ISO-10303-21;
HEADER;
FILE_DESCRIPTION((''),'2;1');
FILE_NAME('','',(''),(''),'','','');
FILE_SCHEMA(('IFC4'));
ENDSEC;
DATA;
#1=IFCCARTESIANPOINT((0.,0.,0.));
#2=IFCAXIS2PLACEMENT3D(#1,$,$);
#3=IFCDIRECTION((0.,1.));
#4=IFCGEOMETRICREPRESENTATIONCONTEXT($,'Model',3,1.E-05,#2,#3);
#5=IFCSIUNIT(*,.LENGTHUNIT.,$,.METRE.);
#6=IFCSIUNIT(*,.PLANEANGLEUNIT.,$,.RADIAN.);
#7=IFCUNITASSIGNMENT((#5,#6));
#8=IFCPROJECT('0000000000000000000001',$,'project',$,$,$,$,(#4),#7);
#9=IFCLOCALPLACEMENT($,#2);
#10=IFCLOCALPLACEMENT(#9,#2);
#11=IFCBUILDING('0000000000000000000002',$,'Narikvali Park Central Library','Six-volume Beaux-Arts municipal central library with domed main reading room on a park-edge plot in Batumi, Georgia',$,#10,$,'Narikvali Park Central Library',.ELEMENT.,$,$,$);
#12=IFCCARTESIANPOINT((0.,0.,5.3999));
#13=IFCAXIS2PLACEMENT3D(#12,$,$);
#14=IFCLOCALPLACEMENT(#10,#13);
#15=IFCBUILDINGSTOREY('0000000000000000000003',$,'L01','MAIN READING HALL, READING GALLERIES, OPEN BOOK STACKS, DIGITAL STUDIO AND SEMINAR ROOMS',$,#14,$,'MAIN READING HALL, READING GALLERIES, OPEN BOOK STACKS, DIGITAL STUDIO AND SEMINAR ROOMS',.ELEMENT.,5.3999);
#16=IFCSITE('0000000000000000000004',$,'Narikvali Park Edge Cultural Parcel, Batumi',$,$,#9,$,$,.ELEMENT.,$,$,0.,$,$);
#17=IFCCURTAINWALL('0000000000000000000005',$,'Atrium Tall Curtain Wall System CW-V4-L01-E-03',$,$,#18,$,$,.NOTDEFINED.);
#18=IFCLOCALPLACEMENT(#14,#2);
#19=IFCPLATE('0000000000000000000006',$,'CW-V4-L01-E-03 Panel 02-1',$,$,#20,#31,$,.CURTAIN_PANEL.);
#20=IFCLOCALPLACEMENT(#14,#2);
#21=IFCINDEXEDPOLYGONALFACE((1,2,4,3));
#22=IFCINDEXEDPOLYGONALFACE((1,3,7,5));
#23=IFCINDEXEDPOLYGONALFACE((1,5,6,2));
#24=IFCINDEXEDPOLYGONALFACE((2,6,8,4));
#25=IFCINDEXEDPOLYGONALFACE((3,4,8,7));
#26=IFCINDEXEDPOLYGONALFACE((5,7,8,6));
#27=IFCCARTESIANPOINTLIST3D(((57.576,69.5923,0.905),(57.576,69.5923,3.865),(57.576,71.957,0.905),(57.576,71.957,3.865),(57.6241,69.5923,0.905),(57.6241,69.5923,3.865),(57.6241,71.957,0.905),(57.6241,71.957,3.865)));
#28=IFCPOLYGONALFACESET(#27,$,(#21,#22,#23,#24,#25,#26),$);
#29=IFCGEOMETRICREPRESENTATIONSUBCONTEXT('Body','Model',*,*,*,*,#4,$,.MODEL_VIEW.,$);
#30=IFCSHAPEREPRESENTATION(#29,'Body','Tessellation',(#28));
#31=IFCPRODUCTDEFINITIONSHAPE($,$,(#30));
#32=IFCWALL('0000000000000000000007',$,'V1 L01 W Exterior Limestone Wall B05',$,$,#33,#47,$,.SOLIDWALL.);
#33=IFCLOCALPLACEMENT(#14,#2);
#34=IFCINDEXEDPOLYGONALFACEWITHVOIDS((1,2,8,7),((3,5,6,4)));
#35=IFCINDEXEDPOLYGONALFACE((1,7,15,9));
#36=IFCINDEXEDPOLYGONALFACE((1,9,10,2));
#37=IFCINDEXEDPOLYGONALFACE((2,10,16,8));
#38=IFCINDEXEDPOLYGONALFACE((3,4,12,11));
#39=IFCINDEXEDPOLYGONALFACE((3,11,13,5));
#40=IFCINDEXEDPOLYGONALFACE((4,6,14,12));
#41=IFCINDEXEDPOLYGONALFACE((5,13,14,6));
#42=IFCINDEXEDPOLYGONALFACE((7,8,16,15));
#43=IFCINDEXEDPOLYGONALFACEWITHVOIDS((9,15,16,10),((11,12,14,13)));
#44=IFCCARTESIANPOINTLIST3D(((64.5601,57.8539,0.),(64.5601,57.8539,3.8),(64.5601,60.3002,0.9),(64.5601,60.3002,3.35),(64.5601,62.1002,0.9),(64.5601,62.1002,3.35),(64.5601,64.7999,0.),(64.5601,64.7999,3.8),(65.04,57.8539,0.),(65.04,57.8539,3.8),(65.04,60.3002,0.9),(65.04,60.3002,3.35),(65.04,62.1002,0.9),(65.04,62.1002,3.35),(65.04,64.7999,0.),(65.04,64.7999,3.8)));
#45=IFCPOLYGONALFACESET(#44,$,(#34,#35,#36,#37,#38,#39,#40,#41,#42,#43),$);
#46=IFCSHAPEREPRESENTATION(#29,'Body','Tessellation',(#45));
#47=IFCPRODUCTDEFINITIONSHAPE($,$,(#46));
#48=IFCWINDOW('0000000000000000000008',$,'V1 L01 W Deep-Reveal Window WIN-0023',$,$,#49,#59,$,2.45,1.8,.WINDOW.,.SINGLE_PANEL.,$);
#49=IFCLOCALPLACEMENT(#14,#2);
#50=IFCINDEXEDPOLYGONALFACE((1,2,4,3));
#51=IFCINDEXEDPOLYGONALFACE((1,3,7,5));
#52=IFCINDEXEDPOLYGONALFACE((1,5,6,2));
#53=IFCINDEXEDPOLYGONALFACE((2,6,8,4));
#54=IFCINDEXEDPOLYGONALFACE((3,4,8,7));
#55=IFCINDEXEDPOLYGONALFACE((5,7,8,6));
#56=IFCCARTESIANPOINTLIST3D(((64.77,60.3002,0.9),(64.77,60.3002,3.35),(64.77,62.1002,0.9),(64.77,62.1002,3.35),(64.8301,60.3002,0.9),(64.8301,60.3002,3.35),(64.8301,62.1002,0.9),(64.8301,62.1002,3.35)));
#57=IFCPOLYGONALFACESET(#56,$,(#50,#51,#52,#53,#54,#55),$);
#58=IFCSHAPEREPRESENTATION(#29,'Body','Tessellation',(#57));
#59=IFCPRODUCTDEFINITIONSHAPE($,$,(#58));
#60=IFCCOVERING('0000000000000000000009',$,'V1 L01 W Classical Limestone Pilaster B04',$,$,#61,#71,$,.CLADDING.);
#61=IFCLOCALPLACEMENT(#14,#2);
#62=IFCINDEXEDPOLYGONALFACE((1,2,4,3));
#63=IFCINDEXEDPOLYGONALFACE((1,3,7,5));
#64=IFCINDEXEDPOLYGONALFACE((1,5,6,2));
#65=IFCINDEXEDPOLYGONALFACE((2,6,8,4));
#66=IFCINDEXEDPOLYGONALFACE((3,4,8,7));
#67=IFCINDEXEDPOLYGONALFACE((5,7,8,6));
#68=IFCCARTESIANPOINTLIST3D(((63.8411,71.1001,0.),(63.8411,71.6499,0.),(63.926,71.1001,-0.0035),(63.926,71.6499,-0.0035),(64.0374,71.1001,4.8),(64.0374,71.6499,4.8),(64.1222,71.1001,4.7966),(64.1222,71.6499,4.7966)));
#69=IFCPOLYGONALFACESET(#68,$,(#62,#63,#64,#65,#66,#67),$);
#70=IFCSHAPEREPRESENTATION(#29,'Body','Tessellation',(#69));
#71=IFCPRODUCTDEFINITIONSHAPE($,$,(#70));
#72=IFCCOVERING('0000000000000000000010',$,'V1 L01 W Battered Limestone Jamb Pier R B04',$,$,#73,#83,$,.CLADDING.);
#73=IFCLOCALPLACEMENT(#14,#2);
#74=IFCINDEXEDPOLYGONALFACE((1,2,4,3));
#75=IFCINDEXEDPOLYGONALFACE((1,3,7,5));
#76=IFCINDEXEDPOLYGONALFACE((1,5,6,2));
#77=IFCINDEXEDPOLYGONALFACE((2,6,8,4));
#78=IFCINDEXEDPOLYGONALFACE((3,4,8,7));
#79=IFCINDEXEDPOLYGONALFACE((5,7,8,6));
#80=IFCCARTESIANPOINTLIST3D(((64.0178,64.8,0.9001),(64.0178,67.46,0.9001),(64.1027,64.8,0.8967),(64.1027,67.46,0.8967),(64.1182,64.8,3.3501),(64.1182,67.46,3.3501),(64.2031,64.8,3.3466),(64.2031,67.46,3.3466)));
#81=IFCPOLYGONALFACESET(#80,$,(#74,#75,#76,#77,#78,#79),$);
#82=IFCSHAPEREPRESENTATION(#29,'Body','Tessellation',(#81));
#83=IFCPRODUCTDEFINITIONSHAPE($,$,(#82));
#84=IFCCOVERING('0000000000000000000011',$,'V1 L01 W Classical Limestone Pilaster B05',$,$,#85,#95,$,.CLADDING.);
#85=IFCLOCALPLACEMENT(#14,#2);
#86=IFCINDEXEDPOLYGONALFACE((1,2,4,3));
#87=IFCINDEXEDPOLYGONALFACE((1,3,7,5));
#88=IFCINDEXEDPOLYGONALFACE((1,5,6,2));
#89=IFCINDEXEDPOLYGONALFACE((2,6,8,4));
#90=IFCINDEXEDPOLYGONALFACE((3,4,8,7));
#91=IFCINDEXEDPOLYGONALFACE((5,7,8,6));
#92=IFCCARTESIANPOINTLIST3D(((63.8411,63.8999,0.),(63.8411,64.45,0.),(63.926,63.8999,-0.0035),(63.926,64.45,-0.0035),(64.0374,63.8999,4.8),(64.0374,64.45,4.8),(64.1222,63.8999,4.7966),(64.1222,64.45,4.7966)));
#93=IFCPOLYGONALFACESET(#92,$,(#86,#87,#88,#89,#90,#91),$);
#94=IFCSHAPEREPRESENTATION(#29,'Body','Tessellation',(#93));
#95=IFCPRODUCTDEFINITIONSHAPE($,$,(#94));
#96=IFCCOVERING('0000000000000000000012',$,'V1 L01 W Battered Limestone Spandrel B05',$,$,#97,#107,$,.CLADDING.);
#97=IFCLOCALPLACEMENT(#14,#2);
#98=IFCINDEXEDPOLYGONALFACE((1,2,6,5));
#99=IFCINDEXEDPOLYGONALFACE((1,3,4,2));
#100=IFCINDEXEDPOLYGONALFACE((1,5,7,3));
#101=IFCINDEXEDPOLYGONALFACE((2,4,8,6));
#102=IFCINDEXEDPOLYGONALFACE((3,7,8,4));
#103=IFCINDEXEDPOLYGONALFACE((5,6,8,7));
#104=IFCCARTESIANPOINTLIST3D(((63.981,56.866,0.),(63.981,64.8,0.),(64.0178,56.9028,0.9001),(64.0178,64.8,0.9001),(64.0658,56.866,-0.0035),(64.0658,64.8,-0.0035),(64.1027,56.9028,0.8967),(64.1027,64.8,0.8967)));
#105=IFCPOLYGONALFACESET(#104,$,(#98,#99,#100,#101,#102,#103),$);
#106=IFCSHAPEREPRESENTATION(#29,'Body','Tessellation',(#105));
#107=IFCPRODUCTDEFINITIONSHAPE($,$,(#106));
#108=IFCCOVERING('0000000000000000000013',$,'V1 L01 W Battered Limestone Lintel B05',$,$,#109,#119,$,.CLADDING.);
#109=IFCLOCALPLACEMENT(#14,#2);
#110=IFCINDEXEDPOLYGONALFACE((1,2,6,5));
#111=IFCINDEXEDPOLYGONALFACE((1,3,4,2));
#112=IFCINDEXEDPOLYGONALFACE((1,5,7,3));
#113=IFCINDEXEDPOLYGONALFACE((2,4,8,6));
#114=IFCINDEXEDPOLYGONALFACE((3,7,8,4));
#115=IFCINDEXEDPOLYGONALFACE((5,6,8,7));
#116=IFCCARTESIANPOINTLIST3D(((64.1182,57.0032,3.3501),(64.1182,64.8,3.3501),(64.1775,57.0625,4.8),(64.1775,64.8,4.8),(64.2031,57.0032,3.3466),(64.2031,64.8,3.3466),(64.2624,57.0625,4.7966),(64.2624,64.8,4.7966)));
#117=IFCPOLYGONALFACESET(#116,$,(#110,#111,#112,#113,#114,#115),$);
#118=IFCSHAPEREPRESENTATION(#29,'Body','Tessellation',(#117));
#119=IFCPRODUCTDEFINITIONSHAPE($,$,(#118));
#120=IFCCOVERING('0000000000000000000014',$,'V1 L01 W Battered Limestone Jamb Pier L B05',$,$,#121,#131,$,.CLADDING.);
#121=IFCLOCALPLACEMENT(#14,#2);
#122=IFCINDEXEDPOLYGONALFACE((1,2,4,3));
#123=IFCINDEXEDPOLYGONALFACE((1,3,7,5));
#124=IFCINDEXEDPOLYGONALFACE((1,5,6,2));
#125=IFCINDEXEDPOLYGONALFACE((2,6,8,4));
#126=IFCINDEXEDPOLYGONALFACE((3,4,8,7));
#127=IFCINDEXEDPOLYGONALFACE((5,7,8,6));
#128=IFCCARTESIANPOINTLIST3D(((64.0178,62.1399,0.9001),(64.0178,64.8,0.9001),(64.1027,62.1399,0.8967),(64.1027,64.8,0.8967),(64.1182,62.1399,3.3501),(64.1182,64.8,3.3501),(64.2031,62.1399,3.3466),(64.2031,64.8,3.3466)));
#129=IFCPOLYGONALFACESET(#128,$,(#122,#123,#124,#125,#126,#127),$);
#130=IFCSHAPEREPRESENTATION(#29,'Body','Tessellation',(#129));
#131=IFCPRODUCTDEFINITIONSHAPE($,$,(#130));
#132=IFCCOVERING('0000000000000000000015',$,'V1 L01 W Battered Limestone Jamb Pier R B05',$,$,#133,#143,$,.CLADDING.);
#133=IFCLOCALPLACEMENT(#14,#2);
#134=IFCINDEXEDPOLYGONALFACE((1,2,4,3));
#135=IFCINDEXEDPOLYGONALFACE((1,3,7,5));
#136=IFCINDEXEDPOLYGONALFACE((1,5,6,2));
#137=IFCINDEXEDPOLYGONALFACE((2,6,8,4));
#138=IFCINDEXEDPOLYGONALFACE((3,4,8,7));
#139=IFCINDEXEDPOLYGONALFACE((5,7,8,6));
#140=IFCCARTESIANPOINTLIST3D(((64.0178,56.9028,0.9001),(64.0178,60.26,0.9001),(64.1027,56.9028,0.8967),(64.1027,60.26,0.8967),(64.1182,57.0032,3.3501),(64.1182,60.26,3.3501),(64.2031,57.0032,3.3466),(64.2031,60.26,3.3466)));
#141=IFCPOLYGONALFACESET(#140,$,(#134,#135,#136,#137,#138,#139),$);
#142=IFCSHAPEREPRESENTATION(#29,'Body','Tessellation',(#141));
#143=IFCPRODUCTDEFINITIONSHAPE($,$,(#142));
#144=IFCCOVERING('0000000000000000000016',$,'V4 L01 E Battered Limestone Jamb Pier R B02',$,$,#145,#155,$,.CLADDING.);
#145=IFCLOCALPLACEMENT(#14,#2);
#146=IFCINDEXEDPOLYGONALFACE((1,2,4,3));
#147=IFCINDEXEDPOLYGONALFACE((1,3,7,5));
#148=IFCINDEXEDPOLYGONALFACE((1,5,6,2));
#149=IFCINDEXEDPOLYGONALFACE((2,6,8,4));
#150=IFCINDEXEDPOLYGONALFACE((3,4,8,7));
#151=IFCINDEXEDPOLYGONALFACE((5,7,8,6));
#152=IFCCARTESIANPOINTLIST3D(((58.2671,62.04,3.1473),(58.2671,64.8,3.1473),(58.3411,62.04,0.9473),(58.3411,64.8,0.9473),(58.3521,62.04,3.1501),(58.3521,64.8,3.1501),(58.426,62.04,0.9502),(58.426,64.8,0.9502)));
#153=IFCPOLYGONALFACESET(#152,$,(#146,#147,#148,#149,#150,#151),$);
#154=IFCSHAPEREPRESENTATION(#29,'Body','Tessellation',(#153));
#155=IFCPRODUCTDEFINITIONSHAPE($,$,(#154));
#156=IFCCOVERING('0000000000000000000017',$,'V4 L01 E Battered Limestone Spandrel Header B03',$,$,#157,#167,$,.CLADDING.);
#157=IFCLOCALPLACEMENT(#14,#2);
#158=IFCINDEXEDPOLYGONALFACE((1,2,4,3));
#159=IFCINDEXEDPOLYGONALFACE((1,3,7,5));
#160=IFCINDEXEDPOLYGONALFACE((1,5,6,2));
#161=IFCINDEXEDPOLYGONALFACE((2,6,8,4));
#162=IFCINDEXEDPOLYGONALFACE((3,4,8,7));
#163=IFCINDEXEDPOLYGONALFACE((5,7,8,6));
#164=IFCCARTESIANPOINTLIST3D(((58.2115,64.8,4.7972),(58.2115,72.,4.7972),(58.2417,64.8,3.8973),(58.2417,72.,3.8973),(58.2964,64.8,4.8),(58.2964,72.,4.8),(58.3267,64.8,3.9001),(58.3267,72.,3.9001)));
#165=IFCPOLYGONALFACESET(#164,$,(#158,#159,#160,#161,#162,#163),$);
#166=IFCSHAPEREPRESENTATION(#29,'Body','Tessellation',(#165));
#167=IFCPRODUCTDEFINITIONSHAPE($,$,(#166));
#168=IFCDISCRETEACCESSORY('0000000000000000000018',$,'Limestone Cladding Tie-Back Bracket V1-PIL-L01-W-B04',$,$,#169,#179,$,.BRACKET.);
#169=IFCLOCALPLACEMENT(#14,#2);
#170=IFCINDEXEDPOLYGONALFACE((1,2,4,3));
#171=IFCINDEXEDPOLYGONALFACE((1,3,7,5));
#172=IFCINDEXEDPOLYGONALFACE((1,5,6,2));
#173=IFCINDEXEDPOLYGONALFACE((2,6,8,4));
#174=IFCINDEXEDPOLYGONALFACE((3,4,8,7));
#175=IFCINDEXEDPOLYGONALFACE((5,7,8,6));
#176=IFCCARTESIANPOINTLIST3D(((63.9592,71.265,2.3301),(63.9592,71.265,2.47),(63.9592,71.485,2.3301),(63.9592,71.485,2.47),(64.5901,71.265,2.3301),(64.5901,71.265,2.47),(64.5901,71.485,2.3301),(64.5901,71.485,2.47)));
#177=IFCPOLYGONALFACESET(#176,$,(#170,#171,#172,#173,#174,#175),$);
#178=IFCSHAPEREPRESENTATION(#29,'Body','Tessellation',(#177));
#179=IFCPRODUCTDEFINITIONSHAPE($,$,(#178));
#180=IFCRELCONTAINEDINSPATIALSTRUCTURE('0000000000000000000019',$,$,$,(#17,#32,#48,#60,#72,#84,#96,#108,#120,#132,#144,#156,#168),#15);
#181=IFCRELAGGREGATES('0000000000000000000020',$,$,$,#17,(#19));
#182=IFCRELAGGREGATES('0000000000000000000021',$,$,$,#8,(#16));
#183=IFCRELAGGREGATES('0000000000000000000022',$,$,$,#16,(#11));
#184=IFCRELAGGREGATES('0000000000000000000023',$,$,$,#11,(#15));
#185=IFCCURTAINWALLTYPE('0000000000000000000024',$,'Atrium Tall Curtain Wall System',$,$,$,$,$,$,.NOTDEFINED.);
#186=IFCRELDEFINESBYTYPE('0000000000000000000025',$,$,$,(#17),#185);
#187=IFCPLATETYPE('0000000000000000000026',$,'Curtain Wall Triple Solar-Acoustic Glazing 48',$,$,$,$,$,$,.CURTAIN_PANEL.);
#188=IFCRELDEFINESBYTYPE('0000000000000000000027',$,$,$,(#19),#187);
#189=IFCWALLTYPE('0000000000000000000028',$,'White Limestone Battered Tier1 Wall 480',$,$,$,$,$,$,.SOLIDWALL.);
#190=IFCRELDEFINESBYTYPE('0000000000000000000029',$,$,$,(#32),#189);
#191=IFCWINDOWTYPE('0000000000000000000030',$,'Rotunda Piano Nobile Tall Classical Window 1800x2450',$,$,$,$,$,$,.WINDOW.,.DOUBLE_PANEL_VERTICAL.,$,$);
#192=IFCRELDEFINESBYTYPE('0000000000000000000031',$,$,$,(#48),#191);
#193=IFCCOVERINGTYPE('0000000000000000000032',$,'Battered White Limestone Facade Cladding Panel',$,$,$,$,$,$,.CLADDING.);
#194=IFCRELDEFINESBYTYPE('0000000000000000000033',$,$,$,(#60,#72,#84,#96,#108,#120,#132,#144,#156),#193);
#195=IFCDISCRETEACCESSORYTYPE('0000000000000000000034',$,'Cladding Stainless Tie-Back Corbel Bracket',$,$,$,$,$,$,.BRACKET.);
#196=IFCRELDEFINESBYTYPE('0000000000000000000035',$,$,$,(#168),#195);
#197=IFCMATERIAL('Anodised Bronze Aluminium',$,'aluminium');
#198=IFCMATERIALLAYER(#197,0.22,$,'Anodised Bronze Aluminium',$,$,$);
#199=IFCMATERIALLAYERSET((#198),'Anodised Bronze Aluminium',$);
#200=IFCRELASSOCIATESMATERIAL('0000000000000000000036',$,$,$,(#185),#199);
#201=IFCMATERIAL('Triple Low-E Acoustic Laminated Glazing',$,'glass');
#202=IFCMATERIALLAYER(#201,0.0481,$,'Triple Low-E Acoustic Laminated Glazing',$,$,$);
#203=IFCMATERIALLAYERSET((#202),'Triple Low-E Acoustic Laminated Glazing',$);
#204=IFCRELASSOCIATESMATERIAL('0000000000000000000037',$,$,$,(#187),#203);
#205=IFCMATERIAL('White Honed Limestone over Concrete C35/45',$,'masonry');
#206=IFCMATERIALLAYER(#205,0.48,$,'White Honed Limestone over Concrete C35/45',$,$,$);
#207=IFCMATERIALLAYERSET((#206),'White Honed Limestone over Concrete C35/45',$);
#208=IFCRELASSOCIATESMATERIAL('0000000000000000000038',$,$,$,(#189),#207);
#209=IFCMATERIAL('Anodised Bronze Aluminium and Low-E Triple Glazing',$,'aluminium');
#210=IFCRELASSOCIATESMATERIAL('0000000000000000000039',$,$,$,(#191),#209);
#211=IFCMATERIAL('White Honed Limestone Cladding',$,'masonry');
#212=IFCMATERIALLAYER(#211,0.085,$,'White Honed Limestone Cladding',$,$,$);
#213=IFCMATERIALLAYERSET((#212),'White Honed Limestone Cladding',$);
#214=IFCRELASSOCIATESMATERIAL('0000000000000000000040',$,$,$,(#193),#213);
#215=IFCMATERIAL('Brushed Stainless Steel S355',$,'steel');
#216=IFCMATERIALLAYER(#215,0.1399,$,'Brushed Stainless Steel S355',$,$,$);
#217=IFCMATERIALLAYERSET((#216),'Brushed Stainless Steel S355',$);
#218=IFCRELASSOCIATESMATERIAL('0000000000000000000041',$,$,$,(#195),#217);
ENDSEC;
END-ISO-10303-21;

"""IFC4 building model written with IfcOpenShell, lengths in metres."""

from ifc_helpers import new_model, si_unit, direction, frame, frame_2d, origin, origin_2d, place, context, subcontext, project, spatial, polyline, rectangle, outline, extrude, material, layer, layer_set, type_object, element, fill, aggregate, save


model = new_model("IFC4")

# Units and contexts
model_context = context("Model", 3, precision=1e-05, world=origin(), true_north=direction((0.0, 1.0)))
body_context = subcontext(model_context, "Body", "Model", "MODEL_VIEW")
ifc_project = project(units=[si_unit("LENGTHUNIT", "METRE"), si_unit("PLANEANGLEUNIT", "RADIAN")], contexts=[model_context])

# Site, building, storey
site_placement = place(None, origin())
site = spatial("IfcSite", under=ifc_project, at=site_placement, Name="Narikvali Park Edge Cultural Parcel, Batumi", CompositionType="ELEMENT", RefElevation=0.0)
building_placement = place(site_placement, origin())
building = spatial("IfcBuilding", under=site, at=building_placement, Name="Narikvali Park Central Library", Description="Six-volume Beaux-Arts municipal central library with domed main reading room on a park-edge plot in Batumi, Georgia", LongName="Narikvali Park Central Library", CompositionType="ELEMENT")
storey_placement = place(building_placement, frame((0.0, 0.0, 5.3999)))
storey = spatial("IfcBuildingStorey", under=building, at=storey_placement, Name="L01", Description="MAIN READING HALL, READING GALLERIES, OPEN BOOK STACKS, DIGITAL STUDIO AND SEMINAR ROOMS", LongName="MAIN READING HALL, READING GALLERIES, OPEN BOOK STACKS, DIGITAL STUDIO AND SEMINAR ROOMS", CompositionType="ELEMENT", Elevation=5.3999)

# Curtain wall
ifc_material_1 = material(Name="Anodised Bronze Aluminium", Category="aluminium")
ifc_layer_1 = layer(ifc_material_1, 0.22, Name="Anodised Bronze Aluminium")
ifc_layer_set_1 = layer_set([ifc_layer_1], Name="Anodised Bronze Aluminium")
curtain_wall_type = type_object("IfcCurtainWallType", Name="Atrium Tall Curtain Wall System", PredefinedType="NOTDEFINED", material=ifc_layer_set_1)
curtain_wall_placement = place(storey_placement, origin())
curtain_wall = element("IfcCurtainWall", 1, at=curtain_wall_placement, inside=storey, type_object=curtain_wall_type, Name="Atrium Tall Curtain Wall System CW-V4-L01-E-03", PredefinedType="NOTDEFINED")

# Plate
ifc_material_2 = material(Name="Triple Low-E Acoustic Laminated Glazing", Category="glass")
ifc_layer_2 = layer(ifc_material_2, 0.0481, Name="Triple Low-E Acoustic Laminated Glazing")
ifc_layer_set_2 = layer_set([ifc_layer_2], Name="Triple Low-E Acoustic Laminated Glazing")
plate_type_1 = type_object("IfcPlateType", Name="Curtain Wall Triple Solar-Acoustic Glazing 48", PredefinedType="CURTAIN_PANEL", material=ifc_layer_set_2)
plate_1_placement = place(storey_placement, frame((57.6001, 70.7747, 0.905), z_axis=(0.0, 0.0, 1.0), x_axis=(0.0, 1.0, 0.0)))
plate_1 = element("IfcPlate", 2, at=plate_1_placement, type_object=plate_type_1, Name="CW-V4-L01-E-03 Panel 02-1", PredefinedType="CURTAIN_PANEL", context=body_context, shape_type="SweptSolid", body=[
    extrude(rectangle(XDim=2.3647, YDim=0.0481, at=origin_2d()), origin(), (0.0, 0.0, 1.0), 2.96),
])
aggregate(curtain_wall, [plate_1])

# Wall, opening, window
ifc_material_3 = material(Name="White Honed Limestone over Concrete C35/45", Category="masonry")
ifc_layer_3 = layer(ifc_material_3, 0.48, Name="White Honed Limestone over Concrete C35/45")
ifc_layer_set_3 = layer_set([ifc_layer_3], Name="White Honed Limestone over Concrete C35/45")
wall_type = type_object("IfcWallType", Name="White Limestone Battered Tier1 Wall 480", PredefinedType="SOLIDWALL", material=ifc_layer_set_3)
wall_placement = place(storey_placement, frame((64.8, 64.8, 0.0), z_axis=(0.0, 0.0, 1.0), x_axis=(0.0, -1.0, 0.0)))
wall = element("IfcWall", 3, at=wall_placement, inside=storey, type_object=wall_type, Name="V1 L01 W Exterior Limestone Wall B05", PredefinedType="SOLIDWALL", context=body_context, shape_type="SweptSolid", body=[
    extrude(rectangle(XDim=6.946, YDim=0.48, at=frame_2d((3.4731, 0.0))), origin(), (0.0, 0.0, 1.0), 3.8),
])
opening_placement = place(wall_placement, frame((2.7, 0.0, 0.8999)))
opening = element("IfcOpeningElement", 4, at=opening_placement, cuts=wall, PredefinedType="OPENING", context=body_context, shape_type="SweptSolid", body=[
    extrude(rectangle(XDim=1.8, YDim=2.45, at=frame_2d((0.8999, 1.2251))), frame((0.0, 0.252, 0.0), z_axis=(0.0, -1.0, 0.0), x_axis=(1.0, 0.0, 0.0)), (0.0, 0.0, 1.0), 0.5039),
])
ifc_material_4 = material(Name="Anodised Bronze Aluminium and Low-E Triple Glazing", Category="aluminium")
window_type = type_object("IfcWindowType", Name="Rotunda Piano Nobile Tall Classical Window 1800x2450", PartitioningType="DOUBLE_PANEL_VERTICAL", PredefinedType="WINDOW", material=ifc_material_4)
window_placement = place(opening_placement, origin())
window = element("IfcWindow", 5, at=window_placement, inside=storey, type_object=window_type, Name="V1 L01 W Deep-Reveal Window WIN-0023", OverallHeight=2.45, OverallWidth=1.8, PartitioningType="SINGLE_PANEL", PredefinedType="WINDOW", context=body_context, shape_type="SweptSolid", body=[
    extrude(rectangle(XDim=1.8, YDim=2.45, at=frame_2d((0.8999, 1.2251))), frame((0.0, 0.03, 0.0), z_axis=(0.0, -1.0, 0.0), x_axis=(1.0, 0.0, 0.0)), (0.0, 0.0, 1.0), 0.0601),
])
fill(opening, window)

# Coverings
ifc_material_5 = material(Name="White Honed Limestone Cladding", Category="masonry")
ifc_layer_4 = layer(ifc_material_5, 0.085, Name="White Honed Limestone Cladding")
ifc_layer_set_4 = layer_set([ifc_layer_4], Name="White Honed Limestone Cladding")
covering_type = type_object("IfcCoveringType", Name="Battered White Limestone Facade Cladding Panel", PredefinedType="CLADDING", material=ifc_layer_set_4)
covering_1_placement = place(storey_placement, frame((63.8411, 71.6499, 0.0), z_axis=(-0.999165, 0.0, 0.040859), x_axis=(0.0, -1.0, 0.0)))
element("IfcCovering", 6, at=covering_1_placement, inside=storey, type_object=covering_type, Name="V1 L01 W Classical Limestone Pilaster B04", PredefinedType="CLADDING", context=body_context, shape_type="SweptSolid", body=[
    extrude(outline(polyline([(0.0, 0.0), (0.5498, 0.0), (0.5498, 4.8041), (0.0, 4.8041), (0.0, 0.0)])), origin(), (0.0, 0.0, -1.0), 0.085),
])
covering_2_placement = place(storey_placement, frame((64.0178, 67.46, 0.9001), z_axis=(-0.999162, 0.0, 0.040922), x_axis=(0.0, -1.0, 0.0)))
element("IfcCovering", 7, at=covering_2_placement, inside=storey, type_object=covering_type, Name="V1 L01 W Battered Limestone Jamb Pier R B04", PredefinedType="CLADDING", context=body_context, shape_type="SweptSolid", body=[
    extrude(outline(polyline([(0.0, 0.0), (2.6599, 0.0), (2.6599, 2.452), (0.0, 2.452), (0.0, 0.0)])), origin(), (0.0, 0.0, -1.0), 0.085),
])
covering_3_placement = place(storey_placement, frame((63.8411, 64.45, 0.0), z_axis=(-0.999165, 0.0, 0.040859), x_axis=(0.0, -1.0, 0.0)))
element("IfcCovering", 8, at=covering_3_placement, inside=storey, type_object=covering_type, Name="V1 L01 W Classical Limestone Pilaster B05", PredefinedType="CLADDING", context=body_context, shape_type="SweptSolid", body=[
    extrude(outline(polyline([(0.0, 0.0), (0.55, 0.0), (0.55, 4.8041), (0.0, 4.8041), (0.0, 0.0)])), origin(), (0.0, 0.0, -1.0), 0.085),
])
covering_4_placement = place(storey_placement, frame((63.981, 64.8, 0.0), z_axis=(-0.999162, 0.0, 0.04092), x_axis=(0.0, -1.0, 0.0)))
element("IfcCovering", 9, at=covering_4_placement, inside=storey, type_object=covering_type, Name="V1 L01 W Battered Limestone Spandrel B05", PredefinedType="CLADDING", context=body_context, shape_type="SweptSolid", body=[
    extrude(outline(polyline([(0.0, 0.0), (7.9341, 0.0), (7.8972, 0.9009), (0.0, 0.9009), (0.0, 0.0)])), origin(), (0.0, 0.0, -1.0), 0.085),
])
covering_5_placement = place(storey_placement, frame((64.1182, 64.8, 3.3501), z_axis=(-0.999164, 0.0, 0.040882), x_axis=(0.0, -1.0, 0.0)))
element("IfcCovering", 10, at=covering_5_placement, inside=storey, type_object=covering_type, Name="V1 L01 W Battered Limestone Lintel B05", PredefinedType="CLADDING", context=body_context, shape_type="SweptSolid", body=[
    extrude(outline(polyline([(0.0, 0.0), (7.7969, 0.0), (7.7375, 1.4512), (0.0, 1.4512), (0.0, 0.0)])), origin(), (0.0, 0.0, -1.0), 0.085),
])
covering_6_placement = place(storey_placement, frame((64.0178, 64.8, 0.9001), z_axis=(-0.999162, 0.0, 0.040922), x_axis=(0.0, -1.0, 0.0)))
element("IfcCovering", 11, at=covering_6_placement, inside=storey, type_object=covering_type, Name="V1 L01 W Battered Limestone Jamb Pier L B05", PredefinedType="CLADDING", context=body_context, shape_type="SweptSolid", body=[
    extrude(outline(polyline([(0.0, 0.0), (2.6602, 0.0), (2.6602, 2.452), (0.0, 2.452), (0.0, 0.0)])), origin(), (0.0, 0.0, -1.0), 0.085),
])
covering_7_placement = place(storey_placement, frame((64.0178, 60.26, 0.9001), z_axis=(-0.999162, 0.0, 0.040922), x_axis=(0.0, -1.0, 0.0)))
element("IfcCovering", 12, at=covering_7_placement, inside=storey, type_object=covering_type, Name="V1 L01 W Battered Limestone Jamb Pier R B05", PredefinedType="CLADDING", context=body_context, shape_type="SweptSolid", body=[
    extrude(outline(polyline([(0.0, 0.0), (3.3572, 0.0), (3.2568, 2.452), (0.0, 2.452), (0.0, 0.0)])), origin(), (0.0, 0.0, -1.0), 0.085),
])
covering_8_placement = place(storey_placement, frame((58.426, 62.04, 0.9502), z_axis=(0.999435, 0.0, 0.033607), x_axis=(0.0, 1.0, 0.0)))
element("IfcCovering", 13, at=covering_8_placement, inside=storey, type_object=covering_type, Name="V4 L01 E Battered Limestone Jamb Pier R B02", PredefinedType="CLADDING", context=body_context, shape_type="SweptSolid", body=[
    extrude(outline(polyline([(0.0, 0.0), (2.76, 0.0), (2.76, 2.2012), (0.0, 2.2012), (0.0, 0.0)])), origin(), (0.0, 0.0, -1.0), 0.085),
])
covering_9_placement = place(storey_placement, frame((58.3267, 64.8, 3.9001), z_axis=(0.999435, 0.0, 0.033622), x_axis=(0.0, 1.0, 0.0)))
element("IfcCovering", 14, at=covering_9_placement, inside=storey, type_object=covering_type, Name="V4 L01 E Battered Limestone Spandrel Header B03", PredefinedType="CLADDING", context=body_context, shape_type="SweptSolid", body=[
    extrude(outline(polyline([(0.0, 0.0), (7.2, 0.0), (7.2, 0.9004), (0.0, 0.9004), (0.0, 0.0)])), origin(), (0.0, 0.0, -1.0), 0.085),
])

# Discrete accessory
ifc_material_6 = material(Name="Brushed Stainless Steel S355", Category="steel")
ifc_layer_5 = layer(ifc_material_6, 0.1399, Name="Brushed Stainless Steel S355")
ifc_layer_set_5 = layer_set([ifc_layer_5], Name="Brushed Stainless Steel S355")
discrete_accessory_type = type_object("IfcDiscreteAccessoryType", Name="Cladding Stainless Tie-Back Corbel Bracket", PredefinedType="BRACKET", material=ifc_layer_set_5)
discrete_accessory_1_placement = place(storey_placement, frame((64.2747, 71.375, 2.3301), z_axis=(0.0, 0.0, 1.0), x_axis=(1.0, 0.0, 0.0)))
element("IfcDiscreteAccessory", 15, at=discrete_accessory_1_placement, inside=storey, type_object=discrete_accessory_type, Name="Limestone Cladding Tie-Back Bracket V1-PIL-L01-W-B04", PredefinedType="BRACKET", context=body_context, shape_type="SweptSolid", body=[
    extrude(rectangle(XDim=0.6309, YDim=0.22, at=origin_2d()), origin(), (0.0, 0.0, 1.0), 0.1399),
])

save(model, "model.ifc")
